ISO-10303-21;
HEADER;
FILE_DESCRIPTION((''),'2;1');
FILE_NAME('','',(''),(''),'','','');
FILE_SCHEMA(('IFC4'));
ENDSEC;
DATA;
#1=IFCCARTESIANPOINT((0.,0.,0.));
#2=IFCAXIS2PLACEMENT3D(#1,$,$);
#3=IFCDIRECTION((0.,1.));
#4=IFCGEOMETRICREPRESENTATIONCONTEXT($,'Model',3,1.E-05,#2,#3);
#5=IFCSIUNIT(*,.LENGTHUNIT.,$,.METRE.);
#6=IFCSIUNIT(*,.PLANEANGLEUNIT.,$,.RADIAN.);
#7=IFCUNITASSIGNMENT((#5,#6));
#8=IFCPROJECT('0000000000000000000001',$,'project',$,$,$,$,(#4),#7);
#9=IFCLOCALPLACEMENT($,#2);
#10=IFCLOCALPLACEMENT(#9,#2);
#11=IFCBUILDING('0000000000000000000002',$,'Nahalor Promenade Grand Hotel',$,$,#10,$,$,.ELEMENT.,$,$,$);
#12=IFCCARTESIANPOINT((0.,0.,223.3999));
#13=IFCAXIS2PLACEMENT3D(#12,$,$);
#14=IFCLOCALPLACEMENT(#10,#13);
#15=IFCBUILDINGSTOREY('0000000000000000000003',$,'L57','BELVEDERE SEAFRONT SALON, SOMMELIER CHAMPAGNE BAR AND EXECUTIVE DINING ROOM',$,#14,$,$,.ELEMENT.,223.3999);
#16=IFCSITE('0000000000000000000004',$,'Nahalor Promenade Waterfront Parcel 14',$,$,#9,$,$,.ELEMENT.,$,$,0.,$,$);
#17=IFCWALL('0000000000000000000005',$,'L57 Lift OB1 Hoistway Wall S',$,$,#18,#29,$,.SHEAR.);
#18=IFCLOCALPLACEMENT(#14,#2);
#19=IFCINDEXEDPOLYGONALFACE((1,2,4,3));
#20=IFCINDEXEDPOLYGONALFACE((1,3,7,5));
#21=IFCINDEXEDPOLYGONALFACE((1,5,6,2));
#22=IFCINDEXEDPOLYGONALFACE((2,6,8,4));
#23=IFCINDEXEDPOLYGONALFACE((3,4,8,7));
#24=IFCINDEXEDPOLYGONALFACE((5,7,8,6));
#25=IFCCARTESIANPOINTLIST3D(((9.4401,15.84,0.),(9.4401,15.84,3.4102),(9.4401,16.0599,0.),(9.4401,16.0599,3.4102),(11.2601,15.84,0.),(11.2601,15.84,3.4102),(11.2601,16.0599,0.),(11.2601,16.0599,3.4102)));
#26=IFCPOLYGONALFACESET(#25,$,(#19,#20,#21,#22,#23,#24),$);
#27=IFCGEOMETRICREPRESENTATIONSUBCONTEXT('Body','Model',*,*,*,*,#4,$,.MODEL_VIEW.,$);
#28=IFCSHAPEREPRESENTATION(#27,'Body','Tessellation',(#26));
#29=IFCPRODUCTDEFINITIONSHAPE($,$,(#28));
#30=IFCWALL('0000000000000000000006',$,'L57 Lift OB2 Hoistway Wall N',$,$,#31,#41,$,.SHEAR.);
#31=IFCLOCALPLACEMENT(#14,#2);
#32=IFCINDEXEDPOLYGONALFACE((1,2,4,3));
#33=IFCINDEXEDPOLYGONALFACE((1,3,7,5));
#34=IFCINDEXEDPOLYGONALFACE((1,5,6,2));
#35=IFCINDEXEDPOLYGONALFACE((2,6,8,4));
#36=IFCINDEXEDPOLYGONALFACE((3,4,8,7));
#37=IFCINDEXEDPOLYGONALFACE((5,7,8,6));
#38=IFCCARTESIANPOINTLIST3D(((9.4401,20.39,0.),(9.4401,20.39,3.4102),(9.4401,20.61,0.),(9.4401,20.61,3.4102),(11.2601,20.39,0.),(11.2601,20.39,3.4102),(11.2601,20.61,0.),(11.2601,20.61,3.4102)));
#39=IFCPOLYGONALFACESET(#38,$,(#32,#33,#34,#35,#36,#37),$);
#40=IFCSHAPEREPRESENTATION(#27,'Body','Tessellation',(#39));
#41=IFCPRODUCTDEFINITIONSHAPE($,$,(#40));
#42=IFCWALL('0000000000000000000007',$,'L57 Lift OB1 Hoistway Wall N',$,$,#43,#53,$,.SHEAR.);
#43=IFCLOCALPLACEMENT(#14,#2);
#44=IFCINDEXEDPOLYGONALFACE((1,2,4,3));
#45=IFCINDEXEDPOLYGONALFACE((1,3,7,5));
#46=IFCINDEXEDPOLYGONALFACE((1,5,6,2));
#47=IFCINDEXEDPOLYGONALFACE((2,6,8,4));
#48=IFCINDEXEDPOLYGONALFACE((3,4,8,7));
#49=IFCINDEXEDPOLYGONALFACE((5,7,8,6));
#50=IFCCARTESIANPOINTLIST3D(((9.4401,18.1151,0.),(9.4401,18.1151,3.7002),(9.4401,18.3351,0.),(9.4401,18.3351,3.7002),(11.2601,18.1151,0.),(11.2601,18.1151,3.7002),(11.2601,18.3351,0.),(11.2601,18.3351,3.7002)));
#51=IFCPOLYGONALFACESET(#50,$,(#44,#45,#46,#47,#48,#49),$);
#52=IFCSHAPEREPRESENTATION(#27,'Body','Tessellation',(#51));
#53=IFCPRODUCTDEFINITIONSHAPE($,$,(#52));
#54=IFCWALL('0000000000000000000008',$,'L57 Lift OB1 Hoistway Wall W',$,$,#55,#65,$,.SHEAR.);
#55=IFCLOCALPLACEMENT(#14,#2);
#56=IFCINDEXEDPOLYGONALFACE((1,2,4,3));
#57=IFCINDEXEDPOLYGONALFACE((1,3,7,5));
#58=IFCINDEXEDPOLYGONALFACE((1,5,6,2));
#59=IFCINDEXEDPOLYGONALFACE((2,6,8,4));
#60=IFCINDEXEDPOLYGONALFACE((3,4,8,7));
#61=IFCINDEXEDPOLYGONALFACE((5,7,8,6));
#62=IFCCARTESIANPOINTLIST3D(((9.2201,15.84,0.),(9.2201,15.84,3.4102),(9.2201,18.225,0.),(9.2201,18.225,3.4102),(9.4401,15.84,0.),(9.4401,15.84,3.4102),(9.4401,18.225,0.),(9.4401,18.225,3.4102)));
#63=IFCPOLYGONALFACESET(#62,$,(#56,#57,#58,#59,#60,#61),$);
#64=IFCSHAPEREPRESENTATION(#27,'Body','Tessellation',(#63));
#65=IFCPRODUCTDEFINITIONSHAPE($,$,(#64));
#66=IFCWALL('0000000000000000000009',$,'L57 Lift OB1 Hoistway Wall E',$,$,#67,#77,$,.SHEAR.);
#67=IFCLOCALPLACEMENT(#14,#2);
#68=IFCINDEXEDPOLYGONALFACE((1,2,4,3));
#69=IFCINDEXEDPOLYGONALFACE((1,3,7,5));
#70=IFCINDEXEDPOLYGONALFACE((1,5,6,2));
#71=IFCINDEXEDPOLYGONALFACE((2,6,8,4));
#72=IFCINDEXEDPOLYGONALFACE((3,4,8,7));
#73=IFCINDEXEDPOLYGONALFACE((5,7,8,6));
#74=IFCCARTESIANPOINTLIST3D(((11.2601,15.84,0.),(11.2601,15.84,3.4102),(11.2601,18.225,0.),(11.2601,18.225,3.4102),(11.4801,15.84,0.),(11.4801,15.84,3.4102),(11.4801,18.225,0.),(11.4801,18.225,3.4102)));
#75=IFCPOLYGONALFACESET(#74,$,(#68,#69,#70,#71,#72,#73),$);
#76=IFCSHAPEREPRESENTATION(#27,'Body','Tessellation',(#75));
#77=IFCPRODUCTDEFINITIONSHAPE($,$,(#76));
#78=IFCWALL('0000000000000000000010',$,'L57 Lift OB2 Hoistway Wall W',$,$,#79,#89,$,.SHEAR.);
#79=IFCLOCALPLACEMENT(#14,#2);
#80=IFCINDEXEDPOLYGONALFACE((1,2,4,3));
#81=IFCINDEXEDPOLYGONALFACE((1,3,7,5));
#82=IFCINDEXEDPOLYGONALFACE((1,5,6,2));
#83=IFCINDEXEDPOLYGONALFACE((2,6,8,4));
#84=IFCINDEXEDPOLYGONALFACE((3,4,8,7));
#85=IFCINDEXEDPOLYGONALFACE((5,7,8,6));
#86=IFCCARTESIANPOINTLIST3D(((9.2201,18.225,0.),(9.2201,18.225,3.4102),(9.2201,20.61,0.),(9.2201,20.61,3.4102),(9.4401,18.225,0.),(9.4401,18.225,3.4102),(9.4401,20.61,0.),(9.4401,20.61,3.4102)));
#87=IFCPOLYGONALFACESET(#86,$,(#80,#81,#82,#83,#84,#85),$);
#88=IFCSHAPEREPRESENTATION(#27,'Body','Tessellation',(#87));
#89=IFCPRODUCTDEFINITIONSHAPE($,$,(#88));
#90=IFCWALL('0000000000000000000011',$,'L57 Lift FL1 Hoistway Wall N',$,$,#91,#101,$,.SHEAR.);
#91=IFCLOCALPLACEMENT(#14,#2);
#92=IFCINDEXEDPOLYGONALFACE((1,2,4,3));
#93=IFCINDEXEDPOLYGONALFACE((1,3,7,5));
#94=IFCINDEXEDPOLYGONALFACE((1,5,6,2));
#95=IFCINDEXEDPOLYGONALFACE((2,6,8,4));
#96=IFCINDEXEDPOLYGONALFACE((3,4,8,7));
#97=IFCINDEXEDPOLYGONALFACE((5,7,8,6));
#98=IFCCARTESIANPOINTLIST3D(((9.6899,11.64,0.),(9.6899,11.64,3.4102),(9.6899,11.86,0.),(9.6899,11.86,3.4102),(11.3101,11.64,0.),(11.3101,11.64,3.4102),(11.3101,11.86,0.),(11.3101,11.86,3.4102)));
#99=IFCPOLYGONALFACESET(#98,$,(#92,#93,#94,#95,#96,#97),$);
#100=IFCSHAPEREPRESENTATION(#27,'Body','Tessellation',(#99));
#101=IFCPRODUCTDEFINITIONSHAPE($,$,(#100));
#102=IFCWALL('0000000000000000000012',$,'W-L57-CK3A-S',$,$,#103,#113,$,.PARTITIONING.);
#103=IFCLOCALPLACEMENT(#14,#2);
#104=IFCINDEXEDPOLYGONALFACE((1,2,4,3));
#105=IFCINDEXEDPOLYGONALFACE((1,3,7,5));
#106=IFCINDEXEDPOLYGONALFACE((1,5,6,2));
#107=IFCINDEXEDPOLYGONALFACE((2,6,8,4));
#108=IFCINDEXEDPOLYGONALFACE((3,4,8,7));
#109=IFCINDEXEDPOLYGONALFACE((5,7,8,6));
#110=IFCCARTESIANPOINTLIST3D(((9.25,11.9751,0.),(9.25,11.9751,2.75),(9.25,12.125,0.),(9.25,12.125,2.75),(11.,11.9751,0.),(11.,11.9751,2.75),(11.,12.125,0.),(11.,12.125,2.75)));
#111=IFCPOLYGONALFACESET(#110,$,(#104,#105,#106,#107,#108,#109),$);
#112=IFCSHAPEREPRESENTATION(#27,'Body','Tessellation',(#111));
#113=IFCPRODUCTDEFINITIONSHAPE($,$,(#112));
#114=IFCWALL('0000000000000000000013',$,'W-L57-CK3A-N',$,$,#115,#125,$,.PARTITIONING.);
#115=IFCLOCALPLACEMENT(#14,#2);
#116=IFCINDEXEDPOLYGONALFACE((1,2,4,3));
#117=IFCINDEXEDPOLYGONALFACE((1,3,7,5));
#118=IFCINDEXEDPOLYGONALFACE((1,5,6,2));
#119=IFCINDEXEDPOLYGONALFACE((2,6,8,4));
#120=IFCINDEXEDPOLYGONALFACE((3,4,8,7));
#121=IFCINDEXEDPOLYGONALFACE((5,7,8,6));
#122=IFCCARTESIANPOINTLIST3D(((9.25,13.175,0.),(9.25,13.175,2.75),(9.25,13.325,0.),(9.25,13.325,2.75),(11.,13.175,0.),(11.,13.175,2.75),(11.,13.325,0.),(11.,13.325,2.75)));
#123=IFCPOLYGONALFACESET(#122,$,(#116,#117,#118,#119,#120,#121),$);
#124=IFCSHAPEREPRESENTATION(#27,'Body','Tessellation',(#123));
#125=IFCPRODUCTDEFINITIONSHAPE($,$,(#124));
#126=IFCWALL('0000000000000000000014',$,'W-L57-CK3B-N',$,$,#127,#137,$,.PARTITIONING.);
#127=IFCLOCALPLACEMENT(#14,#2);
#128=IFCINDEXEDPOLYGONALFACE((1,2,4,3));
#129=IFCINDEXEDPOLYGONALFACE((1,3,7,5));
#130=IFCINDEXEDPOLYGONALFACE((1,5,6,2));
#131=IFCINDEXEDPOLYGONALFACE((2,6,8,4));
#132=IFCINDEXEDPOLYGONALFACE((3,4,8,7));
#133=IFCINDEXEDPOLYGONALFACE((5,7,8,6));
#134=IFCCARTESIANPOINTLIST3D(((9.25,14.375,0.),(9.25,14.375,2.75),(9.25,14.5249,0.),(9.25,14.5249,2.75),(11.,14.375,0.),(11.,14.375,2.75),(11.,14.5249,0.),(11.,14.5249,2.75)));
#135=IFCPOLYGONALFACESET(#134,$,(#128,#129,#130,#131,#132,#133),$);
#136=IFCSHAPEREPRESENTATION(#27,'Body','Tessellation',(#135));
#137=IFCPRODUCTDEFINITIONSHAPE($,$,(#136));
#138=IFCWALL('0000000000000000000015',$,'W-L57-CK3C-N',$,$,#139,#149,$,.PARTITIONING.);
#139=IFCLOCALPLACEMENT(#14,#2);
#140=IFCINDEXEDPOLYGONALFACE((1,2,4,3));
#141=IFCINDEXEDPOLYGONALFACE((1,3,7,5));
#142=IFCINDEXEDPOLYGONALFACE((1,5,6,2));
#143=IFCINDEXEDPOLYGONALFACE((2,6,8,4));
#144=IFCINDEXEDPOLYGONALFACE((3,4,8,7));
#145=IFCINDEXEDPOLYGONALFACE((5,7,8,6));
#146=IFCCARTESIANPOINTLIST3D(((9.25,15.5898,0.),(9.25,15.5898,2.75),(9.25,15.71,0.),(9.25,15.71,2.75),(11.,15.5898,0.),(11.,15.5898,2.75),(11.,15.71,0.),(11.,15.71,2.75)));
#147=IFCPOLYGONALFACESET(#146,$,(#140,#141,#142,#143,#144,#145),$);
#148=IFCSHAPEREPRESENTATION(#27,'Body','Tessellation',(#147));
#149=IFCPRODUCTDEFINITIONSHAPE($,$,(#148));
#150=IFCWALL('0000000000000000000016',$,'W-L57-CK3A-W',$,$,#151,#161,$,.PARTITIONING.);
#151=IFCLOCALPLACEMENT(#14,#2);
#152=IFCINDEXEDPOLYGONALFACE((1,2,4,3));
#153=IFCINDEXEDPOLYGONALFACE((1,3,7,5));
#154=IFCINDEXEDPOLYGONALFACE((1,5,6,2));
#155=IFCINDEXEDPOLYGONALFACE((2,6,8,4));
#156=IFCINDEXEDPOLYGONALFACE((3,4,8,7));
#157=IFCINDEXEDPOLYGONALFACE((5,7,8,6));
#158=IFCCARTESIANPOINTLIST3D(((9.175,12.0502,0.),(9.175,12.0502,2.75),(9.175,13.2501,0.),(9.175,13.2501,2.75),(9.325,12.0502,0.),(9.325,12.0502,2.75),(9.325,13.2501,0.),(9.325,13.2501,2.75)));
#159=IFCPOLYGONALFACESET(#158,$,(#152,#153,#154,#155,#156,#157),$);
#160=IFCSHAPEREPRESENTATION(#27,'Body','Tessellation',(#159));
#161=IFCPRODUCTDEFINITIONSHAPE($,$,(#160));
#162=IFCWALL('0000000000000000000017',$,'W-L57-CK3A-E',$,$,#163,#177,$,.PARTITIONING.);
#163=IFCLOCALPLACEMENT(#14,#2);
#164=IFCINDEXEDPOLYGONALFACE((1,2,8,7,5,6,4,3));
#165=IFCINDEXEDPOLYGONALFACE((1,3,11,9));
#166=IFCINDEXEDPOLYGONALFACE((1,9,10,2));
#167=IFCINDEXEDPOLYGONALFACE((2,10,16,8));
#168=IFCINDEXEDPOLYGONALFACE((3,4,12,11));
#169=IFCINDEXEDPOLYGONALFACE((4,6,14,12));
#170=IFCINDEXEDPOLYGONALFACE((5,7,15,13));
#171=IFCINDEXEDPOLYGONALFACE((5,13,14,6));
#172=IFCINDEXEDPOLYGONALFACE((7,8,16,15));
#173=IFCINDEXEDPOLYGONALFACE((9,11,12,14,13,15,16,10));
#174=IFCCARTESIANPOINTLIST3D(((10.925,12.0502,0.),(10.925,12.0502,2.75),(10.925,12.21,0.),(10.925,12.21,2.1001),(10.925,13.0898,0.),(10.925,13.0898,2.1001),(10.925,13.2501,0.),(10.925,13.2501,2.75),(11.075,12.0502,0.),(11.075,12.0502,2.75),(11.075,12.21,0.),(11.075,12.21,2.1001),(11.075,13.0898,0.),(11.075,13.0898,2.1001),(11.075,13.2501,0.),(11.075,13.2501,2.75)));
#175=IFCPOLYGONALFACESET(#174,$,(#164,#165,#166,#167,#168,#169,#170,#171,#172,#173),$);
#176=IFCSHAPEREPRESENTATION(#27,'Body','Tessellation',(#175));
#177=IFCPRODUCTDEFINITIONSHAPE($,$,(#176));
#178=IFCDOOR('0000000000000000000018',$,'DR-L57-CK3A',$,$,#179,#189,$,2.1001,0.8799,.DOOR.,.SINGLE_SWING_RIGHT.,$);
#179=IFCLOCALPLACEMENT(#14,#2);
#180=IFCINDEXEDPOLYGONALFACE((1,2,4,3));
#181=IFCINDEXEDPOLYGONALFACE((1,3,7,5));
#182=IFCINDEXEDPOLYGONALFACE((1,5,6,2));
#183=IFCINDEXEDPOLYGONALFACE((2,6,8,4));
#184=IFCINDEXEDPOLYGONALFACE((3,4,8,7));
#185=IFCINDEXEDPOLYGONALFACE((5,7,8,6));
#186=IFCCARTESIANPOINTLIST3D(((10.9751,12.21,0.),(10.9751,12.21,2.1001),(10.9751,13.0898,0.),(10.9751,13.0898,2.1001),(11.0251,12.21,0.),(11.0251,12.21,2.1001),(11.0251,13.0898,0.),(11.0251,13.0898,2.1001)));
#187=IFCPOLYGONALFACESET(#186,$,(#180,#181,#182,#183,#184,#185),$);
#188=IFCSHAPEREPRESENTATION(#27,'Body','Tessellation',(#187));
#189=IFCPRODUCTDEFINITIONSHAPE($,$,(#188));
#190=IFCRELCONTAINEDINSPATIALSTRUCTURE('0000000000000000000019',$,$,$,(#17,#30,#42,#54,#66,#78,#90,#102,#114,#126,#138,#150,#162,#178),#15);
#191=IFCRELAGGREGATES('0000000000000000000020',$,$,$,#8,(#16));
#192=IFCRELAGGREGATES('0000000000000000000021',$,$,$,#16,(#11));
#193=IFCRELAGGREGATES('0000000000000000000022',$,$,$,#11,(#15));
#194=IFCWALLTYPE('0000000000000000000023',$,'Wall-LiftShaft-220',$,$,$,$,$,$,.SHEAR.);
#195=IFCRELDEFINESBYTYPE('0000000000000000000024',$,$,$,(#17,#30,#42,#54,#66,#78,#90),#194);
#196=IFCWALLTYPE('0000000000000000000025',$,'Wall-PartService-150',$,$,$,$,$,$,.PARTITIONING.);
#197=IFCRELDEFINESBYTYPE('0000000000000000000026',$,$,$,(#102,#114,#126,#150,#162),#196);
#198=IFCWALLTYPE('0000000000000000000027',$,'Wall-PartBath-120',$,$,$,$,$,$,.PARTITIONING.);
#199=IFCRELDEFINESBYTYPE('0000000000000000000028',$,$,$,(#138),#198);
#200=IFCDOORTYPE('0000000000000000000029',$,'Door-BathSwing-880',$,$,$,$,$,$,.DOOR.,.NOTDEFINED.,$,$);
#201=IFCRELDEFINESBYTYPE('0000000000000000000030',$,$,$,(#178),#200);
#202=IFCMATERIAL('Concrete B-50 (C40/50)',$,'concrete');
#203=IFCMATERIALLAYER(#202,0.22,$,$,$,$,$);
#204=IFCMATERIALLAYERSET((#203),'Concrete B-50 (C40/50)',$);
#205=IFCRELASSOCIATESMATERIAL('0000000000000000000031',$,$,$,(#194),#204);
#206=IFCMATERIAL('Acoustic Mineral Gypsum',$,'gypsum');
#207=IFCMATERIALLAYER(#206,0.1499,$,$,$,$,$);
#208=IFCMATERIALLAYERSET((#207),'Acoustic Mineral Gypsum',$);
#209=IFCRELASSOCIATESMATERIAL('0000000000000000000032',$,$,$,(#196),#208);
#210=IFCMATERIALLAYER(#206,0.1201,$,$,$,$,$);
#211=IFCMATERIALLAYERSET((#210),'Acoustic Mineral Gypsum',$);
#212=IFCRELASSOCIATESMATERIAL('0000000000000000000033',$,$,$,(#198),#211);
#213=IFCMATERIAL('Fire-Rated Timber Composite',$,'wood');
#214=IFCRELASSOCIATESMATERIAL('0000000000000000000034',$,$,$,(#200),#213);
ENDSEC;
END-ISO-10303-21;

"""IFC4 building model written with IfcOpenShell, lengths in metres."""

from ifc_helpers import new_model, si_unit, direction, frame, frame_2d, origin, place, context, subcontext, project, spatial, rectangle, extrude, source, transform, mapped, material, layer, layer_set, type_object, element, fill, save


model = new_model("IFC4")

# Units and contexts
model_context = context("Model", 3, precision=1e-05, world=origin(), true_north=direction((0.0, 1.0)))
body_context = subcontext(model_context, "Body", "Model", "MODEL_VIEW")
ifc_project = project(units=[si_unit("LENGTHUNIT", "METRE"), si_unit("PLANEANGLEUNIT", "RADIAN")], contexts=[model_context])

# Site, building, storey
site_placement = place(None, origin())
site = spatial("IfcSite", under=ifc_project, at=site_placement, Name="Nahalor Promenade Waterfront Parcel 14", CompositionType="ELEMENT", RefElevation=0.0)
building_placement = place(site_placement, origin())
building = spatial("IfcBuilding", under=site, at=building_placement, Name="Nahalor Promenade Grand Hotel", CompositionType="ELEMENT")
storey_placement = place(building_placement, frame((0.0, 0.0, 223.3999)))
storey = spatial("IfcBuildingStorey", under=building, at=storey_placement, Name="L57", Description="BELVEDERE SEAFRONT SALON, SOMMELIER CHAMPAGNE BAR AND EXECUTIVE DINING ROOM", CompositionType="ELEMENT", Elevation=223.3999)

# Walls
ifc_material_1 = material(Name="Concrete B-50 (C40/50)", Category="concrete")
ifc_layer_1 = layer(ifc_material_1, 0.22)
ifc_layer_set_1 = layer_set([ifc_layer_1], Name="Concrete B-50 (C40/50)")
wall_type_1 = type_object("IfcWallType", Name="Wall-LiftShaft-220", PredefinedType="SHEAR", material=ifc_layer_set_1)
shared_shape_1 = source(origin(), body_context, "Body", "SweptSolid", [
    extrude(rectangle(XDim=1.8201, YDim=0.22, at=frame_2d((0.9102, 0.0))), origin(), (0.0, 0.0, 1.0), 3.4102),
])
for number, where, z_axis, x_axis, name in (
    (1, (9.4399, 15.95, 0.0), (0.0, 0.0, 1.0), (1.0, 0.0, 0.0), "L57 Lift OB1 Hoistway Wall S"),
    (2, (9.4399, 20.5, 0.0), (0.0, 0.0, 1.0), (1.0, 0.0, 0.0), "L57 Lift OB2 Hoistway Wall N"),
):
    element("IfcWall", number, at=place(storey_placement, frame(where, z_axis=z_axis, x_axis=x_axis)), inside=storey, type_object=wall_type_1, Name=name, PredefinedType="SHEAR", context=body_context, shape_type="MappedRepresentation", body=[
        mapped(shared_shape_1, transform((0.0, 0.0, 0.0), scale=1.0)),
    ])
shared_shape_2 = source(origin(), body_context, "Body", "SweptSolid", [
    extrude(rectangle(XDim=1.8201, YDim=0.22, at=frame_2d((0.9102, 0.0))), origin(), (0.0, 0.0, 1.0), 3.7002),
])
wall_1_placement = place(storey_placement, frame((9.4399, 18.2251, 0.0), z_axis=(0.0, 0.0, 1.0), x_axis=(1.0, 0.0, 0.0)))
element("IfcWall", 3, at=wall_1_placement, inside=storey, type_object=wall_type_1, Name="L57 Lift OB1 Hoistway Wall N", PredefinedType="SHEAR", context=body_context, shape_type="MappedRepresentation", body=[
    mapped(shared_shape_2, transform((0.0, 0.0, 0.0), scale=1.0)),
])
shared_shape_3 = source(origin(), body_context, "Body", "SweptSolid", [
    extrude(rectangle(XDim=2.385, YDim=0.22, at=frame_2d((1.1924, 0.0))), origin(), (0.0, 0.0, 1.0), 3.4102),
])
for number, where, z_axis, x_axis, name in (
    (4, (9.3301, 15.8401, 0.0), (0.0, 0.0, 1.0), (0.0, 1.0, 0.0), "L57 Lift OB1 Hoistway Wall W"),
    (5, (11.3701, 15.8401, 0.0), (0.0, 0.0, 1.0), (0.0, 1.0, 0.0), "L57 Lift OB1 Hoistway Wall E"),
    (6, (9.3301, 18.2251, 0.0), (0.0, 0.0, 1.0), (0.0, 1.0, 0.0), "L57 Lift OB2 Hoistway Wall W"),
):
    element("IfcWall", number, at=place(storey_placement, frame(where, z_axis=z_axis, x_axis=x_axis)), inside=storey, type_object=wall_type_1, Name=name, PredefinedType="SHEAR", context=body_context, shape_type="MappedRepresentation", body=[
        mapped(shared_shape_3, transform((0.0, 0.0, 0.0), scale=1.0)),
    ])
shared_shape_4 = source(origin(), body_context, "Body", "SweptSolid", [
    extrude(rectangle(XDim=1.6201, YDim=0.22, at=frame_2d((0.8101, 0.0))), origin(), (0.0, 0.0, 1.0), 3.4102),
])
wall_2_placement = place(storey_placement, frame((9.6899, 11.75, 0.0), z_axis=(0.0, 0.0, 1.0), x_axis=(1.0, 0.0, 0.0)))
element("IfcWall", 7, at=wall_2_placement, inside=storey, type_object=wall_type_1, Name="L57 Lift FL1 Hoistway Wall N", PredefinedType="SHEAR", context=body_context, shape_type="MappedRepresentation", body=[
    mapped(shared_shape_4, transform((0.0, 0.0, 0.0), scale=1.0)),
])
ifc_material_2 = material(Name="Acoustic Mineral Gypsum", Category="gypsum")
ifc_layer_2 = layer(ifc_material_2, 0.1499)
ifc_layer_set_2 = layer_set([ifc_layer_2], Name="Acoustic Mineral Gypsum")
wall_type_2 = type_object("IfcWallType", Name="Wall-PartService-150", PredefinedType="PARTITIONING", material=ifc_layer_set_2)
shared_shape_5 = source(origin(), body_context, "Body", "SweptSolid", [
    extrude(rectangle(XDim=1.75, YDim=0.1499, at=frame_2d((0.875, 0.0))), origin(), (0.0, 0.0, 1.0), 2.75),
])
for number, where, z_axis, x_axis, name in (
    (8, (9.25, 12.05, 0.0), (0.0, 0.0, 1.0), (1.0, 0.0, 0.0), "W-L57-CK3A-S"),
    (9, (9.25, 13.25, 0.0), (0.0, 0.0, 1.0), (1.0, 0.0, 0.0), "W-L57-CK3A-N"),
    (10, (9.25, 14.45, 0.0), (0.0, 0.0, 1.0), (1.0, 0.0, 0.0), "W-L57-CK3B-N"),
):
    element("IfcWall", number, at=place(storey_placement, frame(where, z_axis=z_axis, x_axis=x_axis)), inside=storey, type_object=wall_type_2, Name=name, PredefinedType="PARTITIONING", context=body_context, shape_type="MappedRepresentation", body=[
        mapped(shared_shape_5, transform((0.0, 0.0, 0.0), scale=1.0)),
    ])
ifc_layer_3 = layer(ifc_material_2, 0.1201)
ifc_layer_set_3 = layer_set([ifc_layer_3], Name="Acoustic Mineral Gypsum")
wall_type_3 = type_object("IfcWallType", Name="Wall-PartBath-120", PredefinedType="PARTITIONING", material=ifc_layer_set_3)
shared_shape_6 = source(origin(), body_context, "Body", "SweptSolid", [
    extrude(rectangle(XDim=1.75, YDim=0.1201, at=frame_2d((0.875, 0.0))), origin(), (0.0, 0.0, 1.0), 2.75),
])
wall_3_placement = place(storey_placement, frame((9.25, 15.6499, 0.0), z_axis=(0.0, 0.0, 1.0), x_axis=(1.0, 0.0, 0.0)))
element("IfcWall", 11, at=wall_3_placement, inside=storey, type_object=wall_type_3, Name="W-L57-CK3C-N", PredefinedType="PARTITIONING", context=body_context, shape_type="MappedRepresentation", body=[
    mapped(shared_shape_6, transform((0.0, 0.0, 0.0), scale=1.0)),
])
shared_shape_7 = source(origin(), body_context, "Body", "SweptSolid", [
    extrude(rectangle(XDim=1.2, YDim=0.1499, at=frame_2d((0.6001, 0.0))), origin(), (0.0, 0.0, 1.0), 2.75),
])
wall_4_placement = place(storey_placement, frame((9.25, 12.05, 0.0), z_axis=(0.0, 0.0, 1.0), x_axis=(0.0, 1.0, 0.0)))
element("IfcWall", 12, at=wall_4_placement, inside=storey, type_object=wall_type_2, Name="W-L57-CK3A-W", PredefinedType="PARTITIONING", context=body_context, shape_type="MappedRepresentation", body=[
    mapped(shared_shape_7, transform((0.0, 0.0, 0.0), scale=1.0)),
])

# Wall, opening, door
wall_5_placement = place(storey_placement, frame((11.0, 12.05, 0.0), z_axis=(0.0, 0.0, 1.0), x_axis=(0.0, 1.0, 0.0)))
wall_5 = element("IfcWall", 13, at=wall_5_placement, inside=storey, type_object=wall_type_2, Name="W-L57-CK3A-E", PredefinedType="PARTITIONING", context=body_context, shape_type="MappedRepresentation", body=[
    mapped(shared_shape_7, transform((0.0, 0.0, 0.0), scale=1.0)),
])
opening_1_placement = place(wall_5_placement, frame((0.1599, 0.0, 0.0)))
opening_1 = element("IfcOpeningElement", 14, at=opening_1_placement, cuts=wall_5, PredefinedType="OPENING", context=body_context, shape_type="SweptSolid", body=[
    extrude(rectangle(XDim=0.8799, YDim=2.1001, at=frame_2d((0.4399, 1.05))), frame((0.0, 0.085, 0.0), z_axis=(0.0, -1.0, 0.0), x_axis=(1.0, 0.0, 0.0)), (0.0, 0.0, 1.0), 0.1699),
])
ifc_material_3 = material(Name="Fire-Rated Timber Composite", Category="wood")
door_type = type_object("IfcDoorType", Name="Door-BathSwing-880", OperationType="NOTDEFINED", PredefinedType="DOOR", material=ifc_material_3)
shared_shape_8 = source(origin(), body_context, "Body", "SweptSolid", [
    extrude(rectangle(XDim=0.8799, YDim=2.1001, at=frame_2d((0.4399, 1.05))), frame((0.0, 0.0249, 0.0), z_axis=(0.0, -1.0, 0.0), x_axis=(1.0, 0.0, 0.0)), (0.0, 0.0, 1.0), 0.05),
])
door_1_placement = place(opening_1_placement, origin())
door_1 = element("IfcDoor", 15, at=door_1_placement, inside=storey, type_object=door_type, Name="DR-L57-CK3A", OperationType="SINGLE_SWING_RIGHT", OverallHeight=2.1001, OverallWidth=0.8799, PredefinedType="DOOR", context=body_context, shape_type="MappedRepresentation", body=[
    mapped(shared_shape_8, transform((0.0, 0.0, 0.0), scale=1.0)),
])
fill(opening_1, door_1)

save(model, "model.ifc")
